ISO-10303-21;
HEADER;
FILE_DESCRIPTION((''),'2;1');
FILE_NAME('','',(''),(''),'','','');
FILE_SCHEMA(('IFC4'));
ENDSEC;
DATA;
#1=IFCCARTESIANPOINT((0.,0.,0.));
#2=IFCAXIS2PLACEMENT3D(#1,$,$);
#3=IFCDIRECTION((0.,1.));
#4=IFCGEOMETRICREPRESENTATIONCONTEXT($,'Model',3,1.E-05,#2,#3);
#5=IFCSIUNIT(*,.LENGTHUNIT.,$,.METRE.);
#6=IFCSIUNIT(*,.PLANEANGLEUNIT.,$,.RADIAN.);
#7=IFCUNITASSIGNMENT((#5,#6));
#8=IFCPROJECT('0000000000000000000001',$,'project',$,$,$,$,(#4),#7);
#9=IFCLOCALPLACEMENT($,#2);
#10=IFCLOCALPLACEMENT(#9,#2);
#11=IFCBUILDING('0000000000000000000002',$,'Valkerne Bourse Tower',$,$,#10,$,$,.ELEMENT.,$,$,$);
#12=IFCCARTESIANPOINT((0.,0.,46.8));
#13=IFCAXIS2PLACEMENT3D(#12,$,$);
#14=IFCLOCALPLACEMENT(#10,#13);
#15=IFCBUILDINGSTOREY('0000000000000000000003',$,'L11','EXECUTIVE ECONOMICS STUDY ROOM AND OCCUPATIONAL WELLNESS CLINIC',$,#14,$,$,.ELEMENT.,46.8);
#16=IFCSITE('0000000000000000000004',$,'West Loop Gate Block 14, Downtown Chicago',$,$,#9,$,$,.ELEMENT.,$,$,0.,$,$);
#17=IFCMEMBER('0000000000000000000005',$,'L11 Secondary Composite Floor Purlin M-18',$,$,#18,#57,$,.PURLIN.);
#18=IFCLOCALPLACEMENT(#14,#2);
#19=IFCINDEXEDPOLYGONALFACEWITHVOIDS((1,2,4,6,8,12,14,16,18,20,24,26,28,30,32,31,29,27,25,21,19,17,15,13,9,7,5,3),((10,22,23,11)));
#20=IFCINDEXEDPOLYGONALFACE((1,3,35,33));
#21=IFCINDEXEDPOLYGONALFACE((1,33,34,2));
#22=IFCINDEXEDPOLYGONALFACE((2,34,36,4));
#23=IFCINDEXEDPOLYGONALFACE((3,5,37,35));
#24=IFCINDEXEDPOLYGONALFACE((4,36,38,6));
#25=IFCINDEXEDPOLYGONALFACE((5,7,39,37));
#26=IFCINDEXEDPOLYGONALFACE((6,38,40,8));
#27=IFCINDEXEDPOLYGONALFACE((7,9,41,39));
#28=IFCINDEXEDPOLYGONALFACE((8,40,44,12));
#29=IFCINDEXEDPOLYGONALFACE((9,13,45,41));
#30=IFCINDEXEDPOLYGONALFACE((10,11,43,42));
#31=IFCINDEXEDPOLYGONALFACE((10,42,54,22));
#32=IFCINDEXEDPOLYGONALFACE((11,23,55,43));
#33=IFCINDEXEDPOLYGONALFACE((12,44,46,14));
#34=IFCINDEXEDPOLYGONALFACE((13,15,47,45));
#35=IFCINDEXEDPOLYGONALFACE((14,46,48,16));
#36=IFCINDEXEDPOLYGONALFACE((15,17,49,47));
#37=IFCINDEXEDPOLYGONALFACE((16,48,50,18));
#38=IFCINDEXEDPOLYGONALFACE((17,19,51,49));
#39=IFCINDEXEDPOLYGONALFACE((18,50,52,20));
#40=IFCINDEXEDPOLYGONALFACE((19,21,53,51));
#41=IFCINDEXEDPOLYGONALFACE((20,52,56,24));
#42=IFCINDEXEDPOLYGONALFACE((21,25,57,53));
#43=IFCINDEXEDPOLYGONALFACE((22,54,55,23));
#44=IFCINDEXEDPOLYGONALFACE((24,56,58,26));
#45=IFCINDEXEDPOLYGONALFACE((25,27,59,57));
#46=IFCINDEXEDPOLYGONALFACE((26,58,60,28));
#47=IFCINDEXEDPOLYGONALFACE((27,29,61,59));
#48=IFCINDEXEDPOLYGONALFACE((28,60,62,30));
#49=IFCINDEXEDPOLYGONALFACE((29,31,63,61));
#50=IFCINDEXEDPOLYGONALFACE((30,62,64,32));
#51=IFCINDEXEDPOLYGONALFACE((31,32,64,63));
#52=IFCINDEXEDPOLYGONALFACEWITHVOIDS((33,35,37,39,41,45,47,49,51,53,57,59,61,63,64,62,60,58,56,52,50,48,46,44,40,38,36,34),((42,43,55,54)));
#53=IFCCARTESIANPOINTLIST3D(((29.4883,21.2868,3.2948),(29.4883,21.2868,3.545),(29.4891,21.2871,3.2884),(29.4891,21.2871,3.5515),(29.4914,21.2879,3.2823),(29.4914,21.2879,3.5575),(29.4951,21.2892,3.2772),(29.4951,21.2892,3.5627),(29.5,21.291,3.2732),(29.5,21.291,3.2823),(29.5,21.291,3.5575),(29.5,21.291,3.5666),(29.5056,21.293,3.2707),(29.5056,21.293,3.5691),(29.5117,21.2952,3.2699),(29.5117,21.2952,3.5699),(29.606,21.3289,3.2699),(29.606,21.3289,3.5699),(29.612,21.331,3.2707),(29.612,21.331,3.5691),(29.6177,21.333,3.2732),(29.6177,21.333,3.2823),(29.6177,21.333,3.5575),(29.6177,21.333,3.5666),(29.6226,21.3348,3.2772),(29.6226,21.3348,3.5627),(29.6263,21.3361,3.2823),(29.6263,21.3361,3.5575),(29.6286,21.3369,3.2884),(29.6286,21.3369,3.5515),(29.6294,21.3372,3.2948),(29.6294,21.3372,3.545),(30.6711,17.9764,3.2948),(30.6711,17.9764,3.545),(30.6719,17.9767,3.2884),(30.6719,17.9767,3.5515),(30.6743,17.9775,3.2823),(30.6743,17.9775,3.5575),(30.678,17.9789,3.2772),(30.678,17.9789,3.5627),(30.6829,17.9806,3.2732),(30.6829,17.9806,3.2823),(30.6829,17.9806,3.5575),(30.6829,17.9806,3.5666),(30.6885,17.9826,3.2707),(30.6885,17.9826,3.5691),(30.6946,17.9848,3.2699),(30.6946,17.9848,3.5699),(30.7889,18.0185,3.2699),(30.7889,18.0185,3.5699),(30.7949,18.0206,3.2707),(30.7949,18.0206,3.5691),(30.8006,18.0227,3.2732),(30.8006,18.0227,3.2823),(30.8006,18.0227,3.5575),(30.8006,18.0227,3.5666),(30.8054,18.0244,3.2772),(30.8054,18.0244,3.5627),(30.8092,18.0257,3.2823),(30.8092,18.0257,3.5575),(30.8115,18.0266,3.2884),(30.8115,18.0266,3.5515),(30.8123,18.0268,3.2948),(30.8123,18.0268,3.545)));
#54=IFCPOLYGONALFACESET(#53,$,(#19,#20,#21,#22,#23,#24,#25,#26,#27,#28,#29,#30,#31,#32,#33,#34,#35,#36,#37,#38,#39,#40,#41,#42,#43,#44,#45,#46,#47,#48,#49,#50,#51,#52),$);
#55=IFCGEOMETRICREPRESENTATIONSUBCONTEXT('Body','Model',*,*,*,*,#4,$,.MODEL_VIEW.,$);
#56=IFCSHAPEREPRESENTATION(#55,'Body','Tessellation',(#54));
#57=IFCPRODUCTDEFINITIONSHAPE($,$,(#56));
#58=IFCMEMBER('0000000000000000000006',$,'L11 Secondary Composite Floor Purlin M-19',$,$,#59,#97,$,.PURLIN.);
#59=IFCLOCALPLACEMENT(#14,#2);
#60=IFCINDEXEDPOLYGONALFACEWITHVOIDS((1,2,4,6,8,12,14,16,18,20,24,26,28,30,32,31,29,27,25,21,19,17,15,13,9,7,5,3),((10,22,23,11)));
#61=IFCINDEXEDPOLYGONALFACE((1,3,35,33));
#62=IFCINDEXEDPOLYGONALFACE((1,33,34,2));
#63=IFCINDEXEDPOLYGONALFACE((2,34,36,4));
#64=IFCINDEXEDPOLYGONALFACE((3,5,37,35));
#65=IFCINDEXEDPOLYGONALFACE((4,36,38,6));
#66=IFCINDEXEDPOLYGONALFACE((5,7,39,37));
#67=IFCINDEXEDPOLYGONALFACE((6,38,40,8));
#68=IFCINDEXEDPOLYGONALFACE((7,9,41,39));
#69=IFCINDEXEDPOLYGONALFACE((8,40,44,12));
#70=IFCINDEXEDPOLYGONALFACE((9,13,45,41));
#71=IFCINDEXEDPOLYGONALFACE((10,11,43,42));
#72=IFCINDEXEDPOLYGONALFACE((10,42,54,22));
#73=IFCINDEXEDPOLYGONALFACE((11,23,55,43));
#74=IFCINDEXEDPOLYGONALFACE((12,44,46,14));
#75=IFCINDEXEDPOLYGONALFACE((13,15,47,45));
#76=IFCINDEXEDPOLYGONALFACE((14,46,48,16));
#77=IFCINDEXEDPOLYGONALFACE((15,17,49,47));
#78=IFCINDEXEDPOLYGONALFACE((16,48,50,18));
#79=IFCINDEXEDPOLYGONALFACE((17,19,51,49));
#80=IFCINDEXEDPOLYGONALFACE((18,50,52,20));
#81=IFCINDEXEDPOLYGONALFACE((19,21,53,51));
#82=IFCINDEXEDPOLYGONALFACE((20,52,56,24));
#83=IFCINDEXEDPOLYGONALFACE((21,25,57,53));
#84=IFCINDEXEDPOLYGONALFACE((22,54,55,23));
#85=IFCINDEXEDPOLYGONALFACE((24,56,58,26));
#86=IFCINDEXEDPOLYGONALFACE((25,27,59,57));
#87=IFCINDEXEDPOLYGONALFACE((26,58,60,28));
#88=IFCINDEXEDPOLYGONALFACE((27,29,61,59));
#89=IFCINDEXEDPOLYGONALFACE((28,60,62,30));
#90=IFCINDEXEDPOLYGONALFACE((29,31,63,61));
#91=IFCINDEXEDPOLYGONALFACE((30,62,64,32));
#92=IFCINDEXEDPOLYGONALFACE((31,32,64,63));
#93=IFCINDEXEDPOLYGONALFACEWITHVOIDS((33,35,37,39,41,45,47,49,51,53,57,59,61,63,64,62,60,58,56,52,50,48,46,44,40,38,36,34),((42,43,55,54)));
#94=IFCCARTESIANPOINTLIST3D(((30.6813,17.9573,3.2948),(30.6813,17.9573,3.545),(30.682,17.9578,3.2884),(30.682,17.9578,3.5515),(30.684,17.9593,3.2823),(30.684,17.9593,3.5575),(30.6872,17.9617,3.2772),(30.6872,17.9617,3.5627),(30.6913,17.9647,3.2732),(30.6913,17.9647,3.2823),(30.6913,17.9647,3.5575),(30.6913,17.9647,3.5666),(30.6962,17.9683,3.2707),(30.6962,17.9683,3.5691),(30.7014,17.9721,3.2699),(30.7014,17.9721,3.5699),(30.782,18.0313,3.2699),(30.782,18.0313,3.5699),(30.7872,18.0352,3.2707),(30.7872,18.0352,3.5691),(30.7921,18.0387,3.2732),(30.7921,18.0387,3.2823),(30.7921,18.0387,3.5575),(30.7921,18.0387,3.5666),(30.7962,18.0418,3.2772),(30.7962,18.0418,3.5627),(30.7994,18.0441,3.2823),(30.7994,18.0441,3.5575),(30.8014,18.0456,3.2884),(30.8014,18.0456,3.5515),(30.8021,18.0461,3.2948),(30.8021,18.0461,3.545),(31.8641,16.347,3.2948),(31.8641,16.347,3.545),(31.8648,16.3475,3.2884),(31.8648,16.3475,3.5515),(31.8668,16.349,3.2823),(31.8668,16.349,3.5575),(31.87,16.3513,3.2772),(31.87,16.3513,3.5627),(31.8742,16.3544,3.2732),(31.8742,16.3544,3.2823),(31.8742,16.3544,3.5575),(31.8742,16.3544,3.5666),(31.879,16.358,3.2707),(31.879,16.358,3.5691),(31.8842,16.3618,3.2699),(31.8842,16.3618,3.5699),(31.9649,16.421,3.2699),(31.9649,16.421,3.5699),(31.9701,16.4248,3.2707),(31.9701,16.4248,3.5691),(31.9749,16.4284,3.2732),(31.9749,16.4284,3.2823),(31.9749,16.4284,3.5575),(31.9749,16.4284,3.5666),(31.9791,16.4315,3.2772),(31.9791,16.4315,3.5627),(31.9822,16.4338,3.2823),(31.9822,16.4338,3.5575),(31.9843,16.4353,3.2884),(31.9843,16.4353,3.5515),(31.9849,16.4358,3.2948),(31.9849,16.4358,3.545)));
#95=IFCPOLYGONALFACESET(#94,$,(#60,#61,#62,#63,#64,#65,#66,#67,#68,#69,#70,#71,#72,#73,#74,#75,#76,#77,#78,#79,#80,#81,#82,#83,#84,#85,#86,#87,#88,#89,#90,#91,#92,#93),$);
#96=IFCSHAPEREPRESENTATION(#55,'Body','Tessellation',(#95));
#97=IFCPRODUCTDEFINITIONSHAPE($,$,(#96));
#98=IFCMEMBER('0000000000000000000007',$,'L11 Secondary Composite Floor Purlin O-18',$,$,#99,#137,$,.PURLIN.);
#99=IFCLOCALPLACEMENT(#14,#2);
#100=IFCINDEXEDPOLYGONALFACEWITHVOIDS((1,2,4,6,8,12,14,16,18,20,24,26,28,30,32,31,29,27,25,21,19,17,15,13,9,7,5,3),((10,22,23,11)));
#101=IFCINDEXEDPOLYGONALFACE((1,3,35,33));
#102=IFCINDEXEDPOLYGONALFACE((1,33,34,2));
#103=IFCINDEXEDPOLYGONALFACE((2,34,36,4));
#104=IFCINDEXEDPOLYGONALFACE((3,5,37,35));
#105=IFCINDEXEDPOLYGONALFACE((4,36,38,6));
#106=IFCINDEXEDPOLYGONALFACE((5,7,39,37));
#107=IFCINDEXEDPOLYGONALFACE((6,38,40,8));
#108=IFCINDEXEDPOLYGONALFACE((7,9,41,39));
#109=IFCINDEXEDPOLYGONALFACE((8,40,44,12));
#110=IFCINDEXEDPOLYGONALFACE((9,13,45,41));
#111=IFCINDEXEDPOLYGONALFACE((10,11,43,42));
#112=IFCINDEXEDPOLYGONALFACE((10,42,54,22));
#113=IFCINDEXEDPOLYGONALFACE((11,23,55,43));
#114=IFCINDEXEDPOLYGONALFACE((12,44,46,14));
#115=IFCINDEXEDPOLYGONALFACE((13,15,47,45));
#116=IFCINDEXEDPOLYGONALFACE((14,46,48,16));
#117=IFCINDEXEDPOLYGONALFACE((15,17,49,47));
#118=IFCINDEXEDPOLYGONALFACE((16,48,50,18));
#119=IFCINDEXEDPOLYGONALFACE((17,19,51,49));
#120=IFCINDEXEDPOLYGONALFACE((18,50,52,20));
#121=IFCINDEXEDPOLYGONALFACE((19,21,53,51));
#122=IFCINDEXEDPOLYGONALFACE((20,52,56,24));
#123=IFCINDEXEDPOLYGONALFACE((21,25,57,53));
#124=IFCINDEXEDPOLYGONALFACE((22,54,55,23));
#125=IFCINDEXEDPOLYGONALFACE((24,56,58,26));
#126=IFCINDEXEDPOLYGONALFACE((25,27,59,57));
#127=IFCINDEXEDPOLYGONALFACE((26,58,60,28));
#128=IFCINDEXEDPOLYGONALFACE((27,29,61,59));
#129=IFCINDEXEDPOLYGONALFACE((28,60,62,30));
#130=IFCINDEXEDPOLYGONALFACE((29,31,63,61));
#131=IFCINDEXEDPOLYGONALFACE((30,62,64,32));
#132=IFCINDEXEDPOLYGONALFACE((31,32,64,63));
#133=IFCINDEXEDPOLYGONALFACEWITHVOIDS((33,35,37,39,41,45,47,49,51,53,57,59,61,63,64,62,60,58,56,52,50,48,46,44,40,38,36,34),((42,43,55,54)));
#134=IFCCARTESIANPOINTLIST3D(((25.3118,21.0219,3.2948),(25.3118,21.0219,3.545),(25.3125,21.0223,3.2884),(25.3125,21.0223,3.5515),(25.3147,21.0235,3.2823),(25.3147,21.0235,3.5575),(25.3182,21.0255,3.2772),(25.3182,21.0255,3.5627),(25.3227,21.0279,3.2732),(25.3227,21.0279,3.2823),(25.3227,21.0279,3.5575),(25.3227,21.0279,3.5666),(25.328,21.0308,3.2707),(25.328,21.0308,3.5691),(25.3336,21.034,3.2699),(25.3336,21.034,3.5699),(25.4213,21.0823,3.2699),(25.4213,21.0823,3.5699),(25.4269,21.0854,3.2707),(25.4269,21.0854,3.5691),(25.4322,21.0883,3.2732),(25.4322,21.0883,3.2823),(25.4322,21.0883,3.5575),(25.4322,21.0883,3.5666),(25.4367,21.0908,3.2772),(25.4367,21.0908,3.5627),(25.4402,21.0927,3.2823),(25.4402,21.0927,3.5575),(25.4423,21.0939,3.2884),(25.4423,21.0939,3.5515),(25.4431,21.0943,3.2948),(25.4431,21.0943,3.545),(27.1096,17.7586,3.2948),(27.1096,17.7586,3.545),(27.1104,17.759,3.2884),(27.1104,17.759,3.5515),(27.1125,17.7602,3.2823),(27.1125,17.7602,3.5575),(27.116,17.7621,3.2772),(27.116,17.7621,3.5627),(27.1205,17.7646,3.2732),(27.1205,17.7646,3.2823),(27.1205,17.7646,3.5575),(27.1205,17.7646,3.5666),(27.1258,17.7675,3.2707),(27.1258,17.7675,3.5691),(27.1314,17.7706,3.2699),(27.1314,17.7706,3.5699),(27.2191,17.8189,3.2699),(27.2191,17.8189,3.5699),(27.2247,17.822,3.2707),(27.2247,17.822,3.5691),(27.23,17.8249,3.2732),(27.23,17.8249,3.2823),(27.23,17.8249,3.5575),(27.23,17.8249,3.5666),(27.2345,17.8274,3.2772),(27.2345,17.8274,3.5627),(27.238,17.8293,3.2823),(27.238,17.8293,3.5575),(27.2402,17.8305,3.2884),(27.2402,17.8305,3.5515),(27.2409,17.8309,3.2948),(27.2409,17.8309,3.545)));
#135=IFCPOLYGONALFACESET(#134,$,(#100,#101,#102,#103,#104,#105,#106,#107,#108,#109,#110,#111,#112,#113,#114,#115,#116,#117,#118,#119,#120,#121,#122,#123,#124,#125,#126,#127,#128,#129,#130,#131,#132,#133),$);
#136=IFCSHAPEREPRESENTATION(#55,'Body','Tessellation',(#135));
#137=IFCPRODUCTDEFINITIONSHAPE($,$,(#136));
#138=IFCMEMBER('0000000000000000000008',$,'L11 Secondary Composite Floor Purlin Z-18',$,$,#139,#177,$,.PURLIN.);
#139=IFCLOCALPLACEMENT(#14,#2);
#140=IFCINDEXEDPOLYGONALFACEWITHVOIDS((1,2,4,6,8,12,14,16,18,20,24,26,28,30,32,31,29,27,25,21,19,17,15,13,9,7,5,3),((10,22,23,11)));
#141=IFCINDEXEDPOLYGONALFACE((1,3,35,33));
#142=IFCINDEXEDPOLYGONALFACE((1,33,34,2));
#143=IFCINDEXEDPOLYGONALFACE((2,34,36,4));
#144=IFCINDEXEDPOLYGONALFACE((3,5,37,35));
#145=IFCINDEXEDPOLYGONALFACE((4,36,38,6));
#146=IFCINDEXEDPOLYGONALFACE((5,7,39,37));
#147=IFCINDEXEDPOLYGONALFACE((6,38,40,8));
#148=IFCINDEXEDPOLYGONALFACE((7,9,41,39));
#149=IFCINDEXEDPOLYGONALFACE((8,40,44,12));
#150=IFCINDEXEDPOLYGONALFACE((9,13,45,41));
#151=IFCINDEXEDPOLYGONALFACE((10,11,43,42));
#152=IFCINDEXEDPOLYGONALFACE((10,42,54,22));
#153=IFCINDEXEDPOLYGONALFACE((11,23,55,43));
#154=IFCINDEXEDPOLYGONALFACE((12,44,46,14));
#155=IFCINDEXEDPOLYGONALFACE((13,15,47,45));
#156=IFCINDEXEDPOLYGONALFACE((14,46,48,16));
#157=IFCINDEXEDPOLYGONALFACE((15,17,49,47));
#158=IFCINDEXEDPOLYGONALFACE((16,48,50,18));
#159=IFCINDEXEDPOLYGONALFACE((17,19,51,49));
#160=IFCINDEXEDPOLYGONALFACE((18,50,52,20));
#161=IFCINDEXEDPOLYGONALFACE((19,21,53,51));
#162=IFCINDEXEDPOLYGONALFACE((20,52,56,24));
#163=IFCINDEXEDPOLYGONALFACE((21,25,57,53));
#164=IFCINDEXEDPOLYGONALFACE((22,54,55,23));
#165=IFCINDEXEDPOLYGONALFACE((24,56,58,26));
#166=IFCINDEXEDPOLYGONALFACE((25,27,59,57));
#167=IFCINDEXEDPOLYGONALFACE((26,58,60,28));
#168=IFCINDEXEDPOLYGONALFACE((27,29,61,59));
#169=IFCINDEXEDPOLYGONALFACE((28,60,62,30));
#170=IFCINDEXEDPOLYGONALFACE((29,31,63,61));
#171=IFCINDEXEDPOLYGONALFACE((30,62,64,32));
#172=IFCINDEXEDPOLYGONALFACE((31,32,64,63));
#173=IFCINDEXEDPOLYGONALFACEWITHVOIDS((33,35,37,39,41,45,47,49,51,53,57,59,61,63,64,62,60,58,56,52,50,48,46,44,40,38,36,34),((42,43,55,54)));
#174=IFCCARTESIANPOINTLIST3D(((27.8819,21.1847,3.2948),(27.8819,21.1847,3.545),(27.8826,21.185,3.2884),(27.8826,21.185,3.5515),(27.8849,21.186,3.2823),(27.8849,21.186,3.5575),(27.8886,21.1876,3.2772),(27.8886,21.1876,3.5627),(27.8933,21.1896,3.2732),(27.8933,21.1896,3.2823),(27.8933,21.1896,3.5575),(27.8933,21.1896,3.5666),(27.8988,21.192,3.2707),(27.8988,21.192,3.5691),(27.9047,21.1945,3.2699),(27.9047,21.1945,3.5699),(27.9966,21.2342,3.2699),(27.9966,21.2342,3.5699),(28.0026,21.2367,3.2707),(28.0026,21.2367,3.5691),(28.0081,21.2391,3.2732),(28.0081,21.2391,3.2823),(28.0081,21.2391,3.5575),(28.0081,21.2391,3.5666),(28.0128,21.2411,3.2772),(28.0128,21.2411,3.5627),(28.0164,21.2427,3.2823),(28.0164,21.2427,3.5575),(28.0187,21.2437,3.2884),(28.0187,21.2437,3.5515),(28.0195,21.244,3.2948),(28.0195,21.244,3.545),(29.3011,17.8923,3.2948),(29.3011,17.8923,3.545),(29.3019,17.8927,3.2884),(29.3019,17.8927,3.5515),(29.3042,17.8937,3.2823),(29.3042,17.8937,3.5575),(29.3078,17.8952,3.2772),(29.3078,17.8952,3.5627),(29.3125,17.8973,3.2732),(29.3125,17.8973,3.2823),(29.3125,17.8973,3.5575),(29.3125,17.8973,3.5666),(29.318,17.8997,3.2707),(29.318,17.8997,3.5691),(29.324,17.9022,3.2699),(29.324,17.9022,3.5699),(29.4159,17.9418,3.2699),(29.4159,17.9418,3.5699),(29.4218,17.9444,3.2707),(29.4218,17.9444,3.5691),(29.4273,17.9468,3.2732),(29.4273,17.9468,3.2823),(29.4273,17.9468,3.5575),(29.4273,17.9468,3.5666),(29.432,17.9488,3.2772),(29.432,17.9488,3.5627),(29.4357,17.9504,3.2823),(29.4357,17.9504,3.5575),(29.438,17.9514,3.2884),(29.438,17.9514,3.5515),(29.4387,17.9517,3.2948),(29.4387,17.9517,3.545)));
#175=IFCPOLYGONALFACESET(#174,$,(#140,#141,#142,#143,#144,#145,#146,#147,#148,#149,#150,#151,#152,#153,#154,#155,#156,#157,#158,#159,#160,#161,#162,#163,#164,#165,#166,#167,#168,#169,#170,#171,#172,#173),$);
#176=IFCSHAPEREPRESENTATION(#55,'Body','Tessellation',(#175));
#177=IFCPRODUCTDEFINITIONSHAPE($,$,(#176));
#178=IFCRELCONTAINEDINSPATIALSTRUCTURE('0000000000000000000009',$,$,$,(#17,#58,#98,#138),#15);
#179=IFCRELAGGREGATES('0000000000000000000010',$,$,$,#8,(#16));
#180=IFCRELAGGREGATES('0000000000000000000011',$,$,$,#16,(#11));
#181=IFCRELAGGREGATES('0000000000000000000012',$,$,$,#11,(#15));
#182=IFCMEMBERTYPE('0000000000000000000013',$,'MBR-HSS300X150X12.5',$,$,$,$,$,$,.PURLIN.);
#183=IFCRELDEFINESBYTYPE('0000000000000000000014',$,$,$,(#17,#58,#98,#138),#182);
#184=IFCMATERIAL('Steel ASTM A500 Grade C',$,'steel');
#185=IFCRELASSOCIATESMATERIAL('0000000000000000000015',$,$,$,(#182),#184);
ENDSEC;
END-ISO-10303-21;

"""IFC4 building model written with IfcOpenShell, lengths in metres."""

from ifc_helpers import new_model, si_unit, direction, frame, origin, origin_2d, place, context, subcontext, project, spatial, hollow_rectangle, extrude, material, material_profile, profile_set, type_object, element, save


model = new_model("IFC4")

# Units and contexts
model_context = context("Model", 3, precision=1e-05, world=origin(), true_north=direction((0.0, 1.0)))
body_context = subcontext(model_context, "Body", "Model", "MODEL_VIEW")
ifc_project = project(units=[si_unit("LENGTHUNIT", "METRE"), si_unit("PLANEANGLEUNIT", "RADIAN")], contexts=[model_context])

# Site, building, storey
site_placement = place(None, origin())
site = spatial("IfcSite", under=ifc_project, at=site_placement, Name="West Loop Gate Block 14, Downtown Chicago", CompositionType="ELEMENT", RefElevation=0.0)
building_placement = place(site_placement, origin())
building = spatial("IfcBuilding", under=site, at=building_placement, Name="Valkerne Bourse Tower", CompositionType="ELEMENT")
storey_placement = place(building_placement, frame((0.0, 0.0, 46.8)))
storey = spatial("IfcBuildingStorey", under=building, at=storey_placement, Name="L11", Description="EXECUTIVE ECONOMICS STUDY ROOM AND OCCUPATIONAL WELLNESS CLINIC", CompositionType="ELEMENT", Elevation=46.8)

# Members
ifc_material_1 = material(Name="Steel ASTM A500 Grade C", Category="steel")
ifc_material_profile_1 = material_profile(ifc_material_1, hollow_rectangle(XDim=0.1499, YDim=0.3, WallThickness=0.0125, OuterFilletRadius=0.0249, at=origin_2d()), Name="HSS300X150X12.5")
ifc_profile_set_1 = profile_set([ifc_material_profile_1], Name="Steel ASTM A500 Grade C")
member_type_1 = type_object("IfcMemberType", Name="MBR-HSS300X150X12.5", PredefinedType="PURLIN", material=ifc_profile_set_1)
member_1_placement = place(storey_placement, frame((29.5588, 21.312, 3.4199), z_axis=(0.33649, -0.941687, 0.0), x_axis=(0.941687, 0.33649, 0.0)))
element("IfcMember", 1, at=member_1_placement, inside=storey, type_object=member_type_1, Name="L11 Secondary Composite Floor Purlin M-18", PredefinedType="PURLIN", context=body_context, shape_type="SweptSolid", body=[
    extrude(hollow_rectangle(XDim=0.1499, YDim=0.3, WallThickness=0.0125, OuterFilletRadius=0.0249, at=origin_2d()), origin(), (0.0, 0.0, 1.0), 3.5154),
])
member_2_placement = place(storey_placement, frame((30.7417, 18.0017, 3.4199), z_axis=(0.591994, -0.805942, 0.0), x_axis=(0.805942, 0.591994, 0.0)))
element("IfcMember", 2, at=member_2_placement, inside=storey, type_object=member_type_1, Name="L11 Secondary Composite Floor Purlin M-19", PredefinedType="PURLIN", context=body_context, shape_type="SweptSolid", body=[
    extrude(hollow_rectangle(XDim=0.1499, YDim=0.3, WallThickness=0.0125, OuterFilletRadius=0.0249, at=origin_2d()), origin(), (0.0, 0.0, 1.0), 1.998),
])
member_3_placement = place(storey_placement, frame((25.3774, 21.0581, 3.4199), z_axis=(0.48253, -0.87588, 0.0), x_axis=(0.87588, 0.48253, 0.0)))
element("IfcMember", 3, at=member_3_placement, inside=storey, type_object=member_type_1, Name="L11 Secondary Composite Floor Purlin O-18", PredefinedType="PURLIN", context=body_context, shape_type="SweptSolid", body=[
    extrude(hollow_rectangle(XDim=0.1499, YDim=0.3, WallThickness=0.0125, OuterFilletRadius=0.0249, at=origin_2d()), origin(), (0.0, 0.0, 1.0), 3.7258),
])
member_4_placement = place(storey_placement, frame((27.9507, 21.2144, 3.4199), z_axis=(0.395858, -0.918312, 0.0), x_axis=(0.918312, 0.395858, 0.0)))
element("IfcMember", 4, at=member_4_placement, inside=storey, type_object=member_type_1, Name="L11 Secondary Composite Floor Purlin Z-18", PredefinedType="PURLIN", context=body_context, shape_type="SweptSolid", body=[
    extrude(hollow_rectangle(XDim=0.1499, YDim=0.3, WallThickness=0.0125, OuterFilletRadius=0.0249, at=origin_2d()), origin(), (0.0, 0.0, 1.0), 3.5852),
])

save(model, "model.ifc")
